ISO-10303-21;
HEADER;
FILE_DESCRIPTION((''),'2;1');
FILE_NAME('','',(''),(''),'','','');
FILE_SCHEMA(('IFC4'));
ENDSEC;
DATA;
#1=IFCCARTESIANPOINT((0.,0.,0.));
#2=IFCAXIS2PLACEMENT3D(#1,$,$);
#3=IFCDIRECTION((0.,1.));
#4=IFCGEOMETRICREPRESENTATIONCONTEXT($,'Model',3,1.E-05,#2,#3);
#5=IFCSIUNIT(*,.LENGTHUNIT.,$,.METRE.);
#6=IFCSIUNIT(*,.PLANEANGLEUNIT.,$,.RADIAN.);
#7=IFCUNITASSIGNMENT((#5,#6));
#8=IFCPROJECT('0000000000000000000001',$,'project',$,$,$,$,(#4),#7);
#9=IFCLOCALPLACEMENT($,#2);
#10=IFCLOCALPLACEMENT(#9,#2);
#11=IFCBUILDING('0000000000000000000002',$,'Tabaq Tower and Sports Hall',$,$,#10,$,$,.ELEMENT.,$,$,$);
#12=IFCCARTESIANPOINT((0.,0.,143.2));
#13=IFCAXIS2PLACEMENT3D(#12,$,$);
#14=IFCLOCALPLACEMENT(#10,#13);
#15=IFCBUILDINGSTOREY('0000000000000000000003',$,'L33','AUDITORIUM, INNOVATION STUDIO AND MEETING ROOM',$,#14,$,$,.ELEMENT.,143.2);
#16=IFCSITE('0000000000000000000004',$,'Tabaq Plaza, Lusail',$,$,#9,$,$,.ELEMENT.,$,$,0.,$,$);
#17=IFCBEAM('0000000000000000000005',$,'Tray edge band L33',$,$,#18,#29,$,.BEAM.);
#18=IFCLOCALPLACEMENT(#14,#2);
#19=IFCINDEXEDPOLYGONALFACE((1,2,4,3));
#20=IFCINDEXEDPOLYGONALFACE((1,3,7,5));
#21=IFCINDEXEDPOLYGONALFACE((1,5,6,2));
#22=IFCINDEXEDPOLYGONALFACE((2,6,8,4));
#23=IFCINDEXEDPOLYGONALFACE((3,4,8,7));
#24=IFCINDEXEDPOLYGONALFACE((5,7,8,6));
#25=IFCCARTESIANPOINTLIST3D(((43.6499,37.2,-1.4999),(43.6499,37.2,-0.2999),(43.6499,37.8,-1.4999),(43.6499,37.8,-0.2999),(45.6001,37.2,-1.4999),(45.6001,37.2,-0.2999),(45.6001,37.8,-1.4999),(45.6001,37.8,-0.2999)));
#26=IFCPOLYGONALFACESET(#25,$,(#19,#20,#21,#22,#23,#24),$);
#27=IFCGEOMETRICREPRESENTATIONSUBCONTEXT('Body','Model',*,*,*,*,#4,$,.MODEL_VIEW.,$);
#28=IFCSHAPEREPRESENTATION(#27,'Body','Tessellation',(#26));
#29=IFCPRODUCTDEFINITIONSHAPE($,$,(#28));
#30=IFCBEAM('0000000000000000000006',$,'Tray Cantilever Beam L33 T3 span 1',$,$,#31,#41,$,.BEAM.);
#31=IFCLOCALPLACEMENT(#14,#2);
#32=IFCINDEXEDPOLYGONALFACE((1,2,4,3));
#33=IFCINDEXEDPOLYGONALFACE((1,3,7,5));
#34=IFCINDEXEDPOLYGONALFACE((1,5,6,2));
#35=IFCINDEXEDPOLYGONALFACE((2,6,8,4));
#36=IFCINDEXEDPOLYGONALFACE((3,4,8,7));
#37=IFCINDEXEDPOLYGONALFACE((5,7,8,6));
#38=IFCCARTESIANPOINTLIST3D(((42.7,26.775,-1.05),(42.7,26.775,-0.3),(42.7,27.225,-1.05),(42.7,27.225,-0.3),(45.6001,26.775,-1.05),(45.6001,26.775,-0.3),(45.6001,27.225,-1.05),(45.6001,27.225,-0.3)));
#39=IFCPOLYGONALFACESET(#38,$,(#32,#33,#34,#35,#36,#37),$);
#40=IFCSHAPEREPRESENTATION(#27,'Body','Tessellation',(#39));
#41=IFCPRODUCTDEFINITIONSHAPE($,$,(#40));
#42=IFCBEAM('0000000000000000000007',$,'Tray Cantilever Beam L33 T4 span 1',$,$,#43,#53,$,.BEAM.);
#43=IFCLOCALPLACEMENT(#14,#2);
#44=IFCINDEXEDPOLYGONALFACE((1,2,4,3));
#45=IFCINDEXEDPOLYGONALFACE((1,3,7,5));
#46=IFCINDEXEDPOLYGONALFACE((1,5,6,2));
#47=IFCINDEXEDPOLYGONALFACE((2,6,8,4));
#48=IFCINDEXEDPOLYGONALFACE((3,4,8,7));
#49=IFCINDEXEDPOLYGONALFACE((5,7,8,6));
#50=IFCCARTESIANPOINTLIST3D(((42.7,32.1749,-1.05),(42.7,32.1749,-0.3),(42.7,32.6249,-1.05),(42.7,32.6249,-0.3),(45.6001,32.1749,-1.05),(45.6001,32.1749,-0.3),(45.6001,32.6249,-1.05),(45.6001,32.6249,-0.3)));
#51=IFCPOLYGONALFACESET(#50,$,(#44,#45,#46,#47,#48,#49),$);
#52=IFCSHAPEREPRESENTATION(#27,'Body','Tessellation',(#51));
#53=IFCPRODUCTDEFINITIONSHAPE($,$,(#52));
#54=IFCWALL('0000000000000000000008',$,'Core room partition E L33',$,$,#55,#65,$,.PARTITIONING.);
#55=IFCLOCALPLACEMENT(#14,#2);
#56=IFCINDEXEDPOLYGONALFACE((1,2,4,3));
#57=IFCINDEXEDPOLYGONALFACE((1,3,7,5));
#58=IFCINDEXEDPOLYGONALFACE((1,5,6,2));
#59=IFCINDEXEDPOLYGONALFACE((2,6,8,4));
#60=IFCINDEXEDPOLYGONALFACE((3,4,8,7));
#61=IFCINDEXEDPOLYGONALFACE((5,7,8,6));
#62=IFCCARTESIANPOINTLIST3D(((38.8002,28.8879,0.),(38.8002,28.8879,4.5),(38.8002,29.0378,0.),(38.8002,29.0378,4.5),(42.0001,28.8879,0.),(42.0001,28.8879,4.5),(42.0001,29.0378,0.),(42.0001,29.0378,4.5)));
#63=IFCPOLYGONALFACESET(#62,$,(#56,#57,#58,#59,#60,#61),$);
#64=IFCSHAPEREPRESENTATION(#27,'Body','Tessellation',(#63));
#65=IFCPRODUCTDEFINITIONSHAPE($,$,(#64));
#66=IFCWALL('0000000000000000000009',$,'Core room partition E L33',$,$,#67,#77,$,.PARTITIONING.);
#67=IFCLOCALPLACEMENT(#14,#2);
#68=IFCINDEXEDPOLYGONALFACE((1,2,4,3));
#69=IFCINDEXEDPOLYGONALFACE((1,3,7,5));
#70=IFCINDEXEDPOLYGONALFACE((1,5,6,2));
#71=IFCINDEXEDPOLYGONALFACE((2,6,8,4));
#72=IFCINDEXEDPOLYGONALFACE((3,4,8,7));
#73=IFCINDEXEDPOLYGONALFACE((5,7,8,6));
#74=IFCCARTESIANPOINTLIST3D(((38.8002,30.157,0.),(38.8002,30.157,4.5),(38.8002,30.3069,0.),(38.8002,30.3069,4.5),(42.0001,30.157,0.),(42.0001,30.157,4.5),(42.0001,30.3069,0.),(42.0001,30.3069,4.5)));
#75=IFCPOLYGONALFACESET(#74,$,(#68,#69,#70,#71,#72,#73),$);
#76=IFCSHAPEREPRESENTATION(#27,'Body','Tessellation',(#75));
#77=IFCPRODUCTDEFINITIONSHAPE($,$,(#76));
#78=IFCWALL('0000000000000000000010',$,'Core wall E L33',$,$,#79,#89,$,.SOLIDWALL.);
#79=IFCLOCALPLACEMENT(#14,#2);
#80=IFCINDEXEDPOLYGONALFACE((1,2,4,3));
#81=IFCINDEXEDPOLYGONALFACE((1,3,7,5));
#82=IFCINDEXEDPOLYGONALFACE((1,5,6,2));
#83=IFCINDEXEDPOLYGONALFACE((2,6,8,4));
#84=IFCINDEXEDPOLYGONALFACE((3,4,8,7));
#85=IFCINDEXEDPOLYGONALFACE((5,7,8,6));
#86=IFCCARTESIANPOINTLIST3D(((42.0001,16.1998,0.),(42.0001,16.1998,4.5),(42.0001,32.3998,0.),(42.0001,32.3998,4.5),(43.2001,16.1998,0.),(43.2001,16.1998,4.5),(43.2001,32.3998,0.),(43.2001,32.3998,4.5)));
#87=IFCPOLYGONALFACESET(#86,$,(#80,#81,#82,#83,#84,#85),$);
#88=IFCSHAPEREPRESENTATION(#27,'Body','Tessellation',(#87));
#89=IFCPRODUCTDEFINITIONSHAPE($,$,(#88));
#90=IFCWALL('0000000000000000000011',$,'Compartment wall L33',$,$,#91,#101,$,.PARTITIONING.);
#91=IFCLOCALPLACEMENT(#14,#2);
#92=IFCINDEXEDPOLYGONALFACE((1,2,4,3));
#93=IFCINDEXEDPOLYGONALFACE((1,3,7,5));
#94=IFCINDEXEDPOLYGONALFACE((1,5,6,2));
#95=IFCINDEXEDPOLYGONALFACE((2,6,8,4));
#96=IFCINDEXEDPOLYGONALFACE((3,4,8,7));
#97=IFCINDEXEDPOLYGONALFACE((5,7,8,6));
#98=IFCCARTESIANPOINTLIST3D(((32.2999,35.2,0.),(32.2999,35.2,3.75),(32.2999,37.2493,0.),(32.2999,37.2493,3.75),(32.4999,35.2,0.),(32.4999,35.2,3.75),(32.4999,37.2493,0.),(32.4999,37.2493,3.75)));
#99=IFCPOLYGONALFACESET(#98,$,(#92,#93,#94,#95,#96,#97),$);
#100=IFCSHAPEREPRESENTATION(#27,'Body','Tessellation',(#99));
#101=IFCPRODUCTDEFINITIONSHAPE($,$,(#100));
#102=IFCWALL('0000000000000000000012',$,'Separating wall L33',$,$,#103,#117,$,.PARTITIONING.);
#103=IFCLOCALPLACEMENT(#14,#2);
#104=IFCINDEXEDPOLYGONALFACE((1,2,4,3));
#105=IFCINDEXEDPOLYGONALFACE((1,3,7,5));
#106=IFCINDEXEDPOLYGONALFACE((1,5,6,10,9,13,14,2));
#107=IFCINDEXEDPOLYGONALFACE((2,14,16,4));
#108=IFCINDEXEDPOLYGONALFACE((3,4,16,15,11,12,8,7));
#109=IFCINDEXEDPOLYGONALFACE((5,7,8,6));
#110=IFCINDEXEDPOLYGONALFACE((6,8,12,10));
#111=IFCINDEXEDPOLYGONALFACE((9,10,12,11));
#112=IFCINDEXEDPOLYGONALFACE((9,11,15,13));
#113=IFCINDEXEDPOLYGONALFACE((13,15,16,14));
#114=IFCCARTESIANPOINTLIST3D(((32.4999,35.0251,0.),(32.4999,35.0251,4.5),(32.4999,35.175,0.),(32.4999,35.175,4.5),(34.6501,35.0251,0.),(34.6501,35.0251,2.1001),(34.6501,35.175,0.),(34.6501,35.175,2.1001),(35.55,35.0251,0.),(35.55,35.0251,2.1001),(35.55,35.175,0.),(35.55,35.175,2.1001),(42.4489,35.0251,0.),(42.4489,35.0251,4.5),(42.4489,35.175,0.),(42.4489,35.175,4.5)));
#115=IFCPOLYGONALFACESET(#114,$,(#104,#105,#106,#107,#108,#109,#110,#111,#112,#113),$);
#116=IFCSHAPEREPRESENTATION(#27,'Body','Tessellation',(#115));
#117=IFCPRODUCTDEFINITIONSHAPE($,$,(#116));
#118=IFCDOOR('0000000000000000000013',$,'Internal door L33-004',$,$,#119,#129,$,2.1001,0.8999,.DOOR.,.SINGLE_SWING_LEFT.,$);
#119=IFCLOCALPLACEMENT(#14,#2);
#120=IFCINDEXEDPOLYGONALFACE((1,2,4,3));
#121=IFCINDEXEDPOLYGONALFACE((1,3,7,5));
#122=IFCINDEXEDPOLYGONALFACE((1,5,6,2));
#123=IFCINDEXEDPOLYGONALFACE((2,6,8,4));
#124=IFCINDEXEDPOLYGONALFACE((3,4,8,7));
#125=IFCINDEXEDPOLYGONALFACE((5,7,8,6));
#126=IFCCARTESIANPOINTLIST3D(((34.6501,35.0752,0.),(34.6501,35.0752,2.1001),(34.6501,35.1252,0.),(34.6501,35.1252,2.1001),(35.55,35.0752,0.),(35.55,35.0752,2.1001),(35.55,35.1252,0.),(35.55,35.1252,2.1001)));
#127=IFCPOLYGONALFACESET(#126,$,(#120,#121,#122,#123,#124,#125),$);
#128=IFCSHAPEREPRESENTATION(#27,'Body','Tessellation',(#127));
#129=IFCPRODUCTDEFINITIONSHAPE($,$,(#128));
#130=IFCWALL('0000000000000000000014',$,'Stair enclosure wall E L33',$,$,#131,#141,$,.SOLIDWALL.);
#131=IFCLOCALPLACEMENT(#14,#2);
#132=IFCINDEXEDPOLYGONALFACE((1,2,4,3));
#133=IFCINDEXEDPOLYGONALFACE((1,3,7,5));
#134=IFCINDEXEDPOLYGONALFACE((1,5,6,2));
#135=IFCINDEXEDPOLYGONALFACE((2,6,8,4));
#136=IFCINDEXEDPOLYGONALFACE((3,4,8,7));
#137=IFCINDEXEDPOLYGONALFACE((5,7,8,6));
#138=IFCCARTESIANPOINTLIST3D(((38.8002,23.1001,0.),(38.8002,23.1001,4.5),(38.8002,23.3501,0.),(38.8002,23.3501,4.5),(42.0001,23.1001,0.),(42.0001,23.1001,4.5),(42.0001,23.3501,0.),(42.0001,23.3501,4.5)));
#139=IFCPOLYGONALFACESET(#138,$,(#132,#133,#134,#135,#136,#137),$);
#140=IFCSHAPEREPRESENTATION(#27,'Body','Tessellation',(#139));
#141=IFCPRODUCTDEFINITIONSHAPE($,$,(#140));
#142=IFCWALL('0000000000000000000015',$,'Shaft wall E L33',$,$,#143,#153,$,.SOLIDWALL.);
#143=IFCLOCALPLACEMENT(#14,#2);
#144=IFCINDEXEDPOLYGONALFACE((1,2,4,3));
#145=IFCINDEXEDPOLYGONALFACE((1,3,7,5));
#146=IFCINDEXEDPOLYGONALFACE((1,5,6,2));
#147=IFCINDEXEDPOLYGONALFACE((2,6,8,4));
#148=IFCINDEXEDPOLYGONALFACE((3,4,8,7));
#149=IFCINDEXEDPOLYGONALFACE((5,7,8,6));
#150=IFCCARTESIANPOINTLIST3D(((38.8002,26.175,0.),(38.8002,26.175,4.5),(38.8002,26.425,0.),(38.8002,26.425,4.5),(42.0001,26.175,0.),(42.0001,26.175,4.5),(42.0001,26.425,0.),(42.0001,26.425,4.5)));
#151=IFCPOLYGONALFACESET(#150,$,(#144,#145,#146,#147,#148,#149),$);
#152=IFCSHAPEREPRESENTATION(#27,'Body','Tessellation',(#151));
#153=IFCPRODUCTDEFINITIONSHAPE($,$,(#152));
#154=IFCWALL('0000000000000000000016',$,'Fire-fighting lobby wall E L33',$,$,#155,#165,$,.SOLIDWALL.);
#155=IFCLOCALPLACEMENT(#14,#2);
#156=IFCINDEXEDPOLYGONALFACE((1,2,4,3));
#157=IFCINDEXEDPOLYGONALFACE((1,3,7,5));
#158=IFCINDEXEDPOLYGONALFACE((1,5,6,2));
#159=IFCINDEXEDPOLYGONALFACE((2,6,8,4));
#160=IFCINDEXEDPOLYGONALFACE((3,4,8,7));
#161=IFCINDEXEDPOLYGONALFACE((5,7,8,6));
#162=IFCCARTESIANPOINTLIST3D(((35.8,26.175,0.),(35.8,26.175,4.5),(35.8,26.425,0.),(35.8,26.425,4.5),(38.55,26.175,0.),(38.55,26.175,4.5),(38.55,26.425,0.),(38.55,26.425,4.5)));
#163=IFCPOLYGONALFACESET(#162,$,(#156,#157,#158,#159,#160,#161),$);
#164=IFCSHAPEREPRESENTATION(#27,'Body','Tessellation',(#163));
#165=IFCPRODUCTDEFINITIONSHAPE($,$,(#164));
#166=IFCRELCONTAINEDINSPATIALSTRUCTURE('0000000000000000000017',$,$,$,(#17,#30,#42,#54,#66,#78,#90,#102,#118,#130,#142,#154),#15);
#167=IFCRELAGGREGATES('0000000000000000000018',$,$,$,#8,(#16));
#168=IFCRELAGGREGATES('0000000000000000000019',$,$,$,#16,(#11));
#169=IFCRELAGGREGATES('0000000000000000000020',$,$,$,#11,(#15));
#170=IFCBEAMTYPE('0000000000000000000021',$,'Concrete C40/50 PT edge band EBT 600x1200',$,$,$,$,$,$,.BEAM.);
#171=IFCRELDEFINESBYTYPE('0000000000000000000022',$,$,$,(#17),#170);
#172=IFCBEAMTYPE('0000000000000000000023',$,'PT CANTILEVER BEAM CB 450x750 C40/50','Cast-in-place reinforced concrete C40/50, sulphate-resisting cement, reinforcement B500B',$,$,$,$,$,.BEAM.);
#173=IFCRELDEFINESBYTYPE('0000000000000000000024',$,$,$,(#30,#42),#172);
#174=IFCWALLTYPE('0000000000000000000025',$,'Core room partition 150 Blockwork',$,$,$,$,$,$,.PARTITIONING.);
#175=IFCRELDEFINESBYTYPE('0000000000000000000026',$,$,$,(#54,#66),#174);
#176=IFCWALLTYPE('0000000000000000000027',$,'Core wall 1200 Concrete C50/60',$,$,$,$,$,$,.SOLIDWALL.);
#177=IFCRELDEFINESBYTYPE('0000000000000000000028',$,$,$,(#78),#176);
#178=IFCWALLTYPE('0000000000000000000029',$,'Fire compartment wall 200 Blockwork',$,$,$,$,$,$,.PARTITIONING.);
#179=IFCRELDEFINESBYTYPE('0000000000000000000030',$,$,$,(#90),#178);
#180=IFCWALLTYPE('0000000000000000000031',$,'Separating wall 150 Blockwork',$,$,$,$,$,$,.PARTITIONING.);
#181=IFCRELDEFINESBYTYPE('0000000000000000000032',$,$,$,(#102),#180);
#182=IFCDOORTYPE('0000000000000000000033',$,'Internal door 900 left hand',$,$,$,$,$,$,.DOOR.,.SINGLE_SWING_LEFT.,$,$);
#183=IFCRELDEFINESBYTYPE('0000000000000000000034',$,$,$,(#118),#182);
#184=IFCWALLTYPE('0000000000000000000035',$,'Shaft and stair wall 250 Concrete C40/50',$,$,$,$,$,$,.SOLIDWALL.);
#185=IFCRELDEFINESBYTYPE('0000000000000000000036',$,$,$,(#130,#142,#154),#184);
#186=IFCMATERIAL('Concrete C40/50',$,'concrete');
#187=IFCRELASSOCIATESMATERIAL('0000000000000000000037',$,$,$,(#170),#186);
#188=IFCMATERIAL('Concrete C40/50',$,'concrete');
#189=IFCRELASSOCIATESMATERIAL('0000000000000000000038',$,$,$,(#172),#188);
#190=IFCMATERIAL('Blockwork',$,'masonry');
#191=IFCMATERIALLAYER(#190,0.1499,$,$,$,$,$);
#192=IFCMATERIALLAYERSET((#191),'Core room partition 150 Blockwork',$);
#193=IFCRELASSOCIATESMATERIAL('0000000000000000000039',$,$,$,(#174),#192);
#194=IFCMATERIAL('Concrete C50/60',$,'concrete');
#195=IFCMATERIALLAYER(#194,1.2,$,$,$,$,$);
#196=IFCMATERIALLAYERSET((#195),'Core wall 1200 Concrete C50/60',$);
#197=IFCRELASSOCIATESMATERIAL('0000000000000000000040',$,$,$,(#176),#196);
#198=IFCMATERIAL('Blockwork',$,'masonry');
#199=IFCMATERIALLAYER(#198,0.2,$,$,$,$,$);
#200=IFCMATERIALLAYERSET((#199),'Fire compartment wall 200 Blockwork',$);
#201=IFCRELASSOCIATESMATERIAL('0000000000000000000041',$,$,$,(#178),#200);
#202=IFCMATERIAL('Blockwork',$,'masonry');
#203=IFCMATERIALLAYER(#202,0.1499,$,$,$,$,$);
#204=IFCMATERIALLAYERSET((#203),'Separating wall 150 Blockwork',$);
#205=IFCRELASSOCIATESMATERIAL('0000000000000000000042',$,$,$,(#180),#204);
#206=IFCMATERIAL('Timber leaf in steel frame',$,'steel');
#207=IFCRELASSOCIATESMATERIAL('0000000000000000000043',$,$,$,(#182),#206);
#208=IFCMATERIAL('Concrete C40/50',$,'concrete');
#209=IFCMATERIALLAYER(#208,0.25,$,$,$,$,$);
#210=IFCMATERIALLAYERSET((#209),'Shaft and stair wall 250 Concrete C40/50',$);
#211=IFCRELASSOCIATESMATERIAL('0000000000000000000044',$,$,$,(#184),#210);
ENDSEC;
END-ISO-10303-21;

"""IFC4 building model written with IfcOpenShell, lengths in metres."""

from ifc_helpers import new_model, si_unit, direction, frame, frame_2d, origin, origin_2d, place, context, subcontext, project, spatial, rectangle, extrude, material, layer, layer_set, material_profile, profile_set, type_object, element, fill, save


model = new_model("IFC4")

# Units and contexts
model_context = context("Model", 3, precision=1e-05, world=origin(), true_north=direction((0.0, 1.0)))
body_context = subcontext(model_context, "Body", "Model", "MODEL_VIEW")
ifc_project = project(units=[si_unit("LENGTHUNIT", "METRE"), si_unit("PLANEANGLEUNIT", "RADIAN")], contexts=[model_context])

# Site, building, storey
site_placement = place(None, origin())
site = spatial("IfcSite", under=ifc_project, at=site_placement, Name="Tabaq Plaza, Lusail", CompositionType="ELEMENT", RefElevation=0.0)
building_placement = place(site_placement, origin())
building = spatial("IfcBuilding", under=site, at=building_placement, Name="Tabaq Tower and Sports Hall", CompositionType="ELEMENT")
storey_placement = place(building_placement, frame((0.0, 0.0, 143.2)))
storey = spatial("IfcBuildingStorey", under=building, at=storey_placement, Name="L33", Description="AUDITORIUM, INNOVATION STUDIO AND MEETING ROOM", CompositionType="ELEMENT", Elevation=143.2)

# Beams
ifc_material_1 = material(Name="Concrete C40/50", Category="concrete")
ifc_material_profile_1 = material_profile(ifc_material_1, rectangle(XDim=0.6001, YDim=1.2, at=origin_2d()), Name="EBT 600x1200")
ifc_profile_set_1 = profile_set([ifc_material_profile_1], Name="Concrete C40/50")
beam_type_1 = type_object("IfcBeamType", Name="Concrete C40/50 PT edge band EBT 600x1200", PredefinedType="BEAM", material=ifc_profile_set_1)
beam_placement = place(storey_placement, frame((43.6499, 37.5, -0.8999), z_axis=(1.0, 0.0, 0.0), x_axis=(0.0, 1.0, 0.0)))
element("IfcBeam", 1, at=beam_placement, inside=storey, type_object=beam_type_1, Name="Tray edge band L33", PredefinedType="BEAM", context=body_context, shape_type="SweptSolid", body=[
    extrude(rectangle(XDim=0.6001, YDim=1.2, at=origin_2d()), origin(), (0.0, 0.0, 1.0), 1.9502),
])
ifc_material_2 = material(Name="Concrete C40/50", Category="concrete")
ifc_material_profile_2 = material_profile(ifc_material_2, rectangle(XDim=0.45, YDim=0.75, at=origin_2d()), Name="CB 450x750")
ifc_profile_set_2 = profile_set([ifc_material_profile_2], Name="Concrete C40/50")
beam_type_2 = type_object("IfcBeamType", Name="PT CANTILEVER BEAM CB 450x750 C40/50", Description="Cast-in-place reinforced concrete C40/50, sulphate-resisting cement, reinforcement B500B", PredefinedType="BEAM", material=ifc_profile_set_2)
for number, where, z_axis, x_axis, name in (
    (2, (45.6001, 27.0, -0.675), (-1.0, 0.0, 0.0), (0.0, -1.0, 0.0), "Tray Cantilever Beam L33 T3 span 1"),
    (3, (45.6001, 32.3999, -0.675), (-1.0, 0.0, 0.0), (0.0, -1.0, 0.0), "Tray Cantilever Beam L33 T4 span 1"),
):
    element("IfcBeam", number, at=place(storey_placement, frame(where, z_axis=z_axis, x_axis=x_axis)), inside=storey, type_object=beam_type_2, Name=name, PredefinedType="BEAM", context=body_context, shape_type="SweptSolid", body=[
        extrude(rectangle(XDim=0.45, YDim=0.75, at=origin_2d()), origin(), (0.0, 0.0, 1.0), 2.9001),
    ])

# Walls
ifc_material_3 = material(Name="Blockwork", Category="masonry")
ifc_layer_1 = layer(ifc_material_3, 0.1499)
ifc_layer_set_1 = layer_set([ifc_layer_1], Name="Core room partition 150 Blockwork")
wall_type_1 = type_object("IfcWallType", Name="Core room partition 150 Blockwork", PredefinedType="PARTITIONING", material=ifc_layer_set_1)
for number, where, z_axis, x_axis, name in (
    (4, (38.8, 28.9629, 0.0), (0.0, 0.0, 1.0), (1.0, 0.0, 0.0), "Core room partition E L33"),
    (5, (38.8, 30.2319, 0.0), (0.0, 0.0, 1.0), (1.0, 0.0, 0.0), "Core room partition E L33"),
):
    element("IfcWall", number, at=place(storey_placement, frame(where, z_axis=z_axis, x_axis=x_axis)), inside=storey, type_object=wall_type_1, Name=name, PredefinedType="PARTITIONING", context=body_context, shape_type="SweptSolid", body=[
        extrude(rectangle(XDim=3.2, YDim=0.1499, at=frame_2d((1.6001, 0.0))), origin(), (0.0, 0.0, 1.0), 4.5),
    ])
ifc_material_4 = material(Name="Concrete C50/60", Category="concrete")
ifc_layer_2 = layer(ifc_material_4, 1.2)
ifc_layer_set_2 = layer_set([ifc_layer_2], Name="Core wall 1200 Concrete C50/60")
wall_type_2 = type_object("IfcWallType", Name="Core wall 1200 Concrete C50/60", PredefinedType="SOLIDWALL", material=ifc_layer_set_2)
wall_1_placement = place(storey_placement, frame((42.6001, 32.3999, 0.0), z_axis=(0.0, 0.0, 1.0), x_axis=(0.0, -1.0, 0.0)))
element("IfcWall", 6, at=wall_1_placement, inside=storey, type_object=wall_type_2, Name="Core wall E L33", PredefinedType="SOLIDWALL", context=body_context, shape_type="SweptSolid", body=[
    extrude(rectangle(XDim=16.2, YDim=1.2, at=frame_2d((8.1001, 0.0))), origin(), (0.0, 0.0, 1.0), 4.5),
])

# Shared definitions
ifc_material_5 = material(Name="Blockwork", Category="masonry")
ifc_layer_3 = layer(ifc_material_5, 0.2)
ifc_layer_set_3 = layer_set([ifc_layer_3], Name="Fire compartment wall 200 Blockwork")
wall_type_3 = type_object("IfcWallType", Name="Fire compartment wall 200 Blockwork", PredefinedType="PARTITIONING", material=ifc_layer_set_3)

# Wall
wall_2_placement = place(storey_placement, frame((32.3999, 35.2, 0.0), z_axis=(0.0, 0.0, 1.0), x_axis=(0.0, 1.0, 0.0)))
element("IfcWall", 7, at=wall_2_placement, inside=storey, type_object=wall_type_3, Name="Compartment wall L33", PredefinedType="PARTITIONING", context=body_context, shape_type="SweptSolid", body=[
    extrude(rectangle(XDim=2.0493, YDim=0.2, at=frame_2d((1.0247, 0.0))), origin(), (0.0, 0.0, 1.0), 3.75),
])

# Wall, opening, door
ifc_material_6 = material(Name="Blockwork", Category="masonry")
ifc_layer_4 = layer(ifc_material_6, 0.1499)
ifc_layer_set_4 = layer_set([ifc_layer_4], Name="Separating wall 150 Blockwork")
wall_type_4 = type_object("IfcWallType", Name="Separating wall 150 Blockwork", PredefinedType="PARTITIONING", material=ifc_layer_set_4)
wall_3_placement = place(storey_placement, frame((42.449, 35.1001, 0.0), z_axis=(0.0, 0.0, 1.0), x_axis=(-1.0, 0.0, 0.0)))
wall_3 = element("IfcWall", 8, at=wall_3_placement, inside=storey, type_object=wall_type_4, Name="Separating wall L33", PredefinedType="PARTITIONING", context=body_context, shape_type="SweptSolid", body=[
    extrude(rectangle(XDim=9.949, YDim=0.1499, at=frame_2d((4.9746, 0.0))), origin(), (0.0, 0.0, 1.0), 4.5),
])
opening_1_placement = place(wall_3_placement, frame((6.8989, 0.0, 0.0)))
opening_1 = element("IfcOpeningElement", 9, at=opening_1_placement, cuts=wall_3, PredefinedType="OPENING", context=body_context, shape_type="SweptSolid", body=[
    extrude(rectangle(XDim=0.8999, YDim=2.1001, at=frame_2d((0.45, 1.05))), frame((0.0, 0.075, 0.0), z_axis=(0.0, -1.0, 0.0), x_axis=(1.0, 0.0, 0.0)), (0.0, 0.0, 1.0), 0.1499),
])
ifc_material_7 = material(Name="Timber leaf in steel frame", Category="steel")
door_type_1 = type_object("IfcDoorType", Name="Internal door 900 left hand", OperationType="SINGLE_SWING_LEFT", PredefinedType="DOOR", material=ifc_material_7)
door_1_placement = place(opening_1_placement, origin())
door_1 = element("IfcDoor", 10, at=door_1_placement, inside=storey, type_object=door_type_1, Name="Internal door L33-004", OperationType="SINGLE_SWING_LEFT", OverallHeight=2.1001, OverallWidth=0.8999, PredefinedType="DOOR", context=body_context, shape_type="SweptSolid", body=[
    extrude(rectangle(XDim=0.8999, YDim=2.1001, at=frame_2d((0.45, 1.05))), frame((0.0, 0.0249, 0.0), z_axis=(0.0, -1.0, 0.0), x_axis=(1.0, 0.0, 0.0)), (0.0, 0.0, 1.0), 0.05),
])
fill(opening_1, door_1)

# Walls
ifc_material_8 = material(Name="Concrete C40/50", Category="concrete")
ifc_layer_5 = layer(ifc_material_8, 0.25)
ifc_layer_set_5 = layer_set([ifc_layer_5], Name="Shaft and stair wall 250 Concrete C40/50")
wall_type_5 = type_object("IfcWallType", Name="Shaft and stair wall 250 Concrete C40/50", PredefinedType="SOLIDWALL", material=ifc_layer_set_5)
for number, where, z_axis, x_axis, name in (
    (11, (38.8, 23.2251, 0.0), (0.0, 0.0, 1.0), (1.0, 0.0, 0.0), "Stair enclosure wall E L33"),
    (12, (38.8, 26.3, 0.0), (0.0, 0.0, 1.0), (1.0, 0.0, 0.0), "Shaft wall E L33"),
):
    element("IfcWall", number, at=place(storey_placement, frame(where, z_axis=z_axis, x_axis=x_axis)), inside=storey, type_object=wall_type_5, Name=name, PredefinedType="SOLIDWALL", context=body_context, shape_type="SweptSolid", body=[
        extrude(rectangle(XDim=3.2, YDim=0.25, at=frame_2d((1.6001, 0.0))), origin(), (0.0, 0.0, 1.0), 4.5),
    ])
wall_4_placement = place(storey_placement, frame((35.8, 26.3, 0.0), z_axis=(0.0, 0.0, 1.0), x_axis=(1.0, 0.0, 0.0)))
element("IfcWall", 13, at=wall_4_placement, inside=storey, type_object=wall_type_5, Name="Fire-fighting lobby wall E L33", PredefinedType="SOLIDWALL", context=body_context, shape_type="SweptSolid", body=[
    extrude(rectangle(XDim=2.75, YDim=0.25, at=frame_2d((1.375, 0.0))), origin(), (0.0, 0.0, 1.0), 4.5),
])

save(model, "model.ifc")
